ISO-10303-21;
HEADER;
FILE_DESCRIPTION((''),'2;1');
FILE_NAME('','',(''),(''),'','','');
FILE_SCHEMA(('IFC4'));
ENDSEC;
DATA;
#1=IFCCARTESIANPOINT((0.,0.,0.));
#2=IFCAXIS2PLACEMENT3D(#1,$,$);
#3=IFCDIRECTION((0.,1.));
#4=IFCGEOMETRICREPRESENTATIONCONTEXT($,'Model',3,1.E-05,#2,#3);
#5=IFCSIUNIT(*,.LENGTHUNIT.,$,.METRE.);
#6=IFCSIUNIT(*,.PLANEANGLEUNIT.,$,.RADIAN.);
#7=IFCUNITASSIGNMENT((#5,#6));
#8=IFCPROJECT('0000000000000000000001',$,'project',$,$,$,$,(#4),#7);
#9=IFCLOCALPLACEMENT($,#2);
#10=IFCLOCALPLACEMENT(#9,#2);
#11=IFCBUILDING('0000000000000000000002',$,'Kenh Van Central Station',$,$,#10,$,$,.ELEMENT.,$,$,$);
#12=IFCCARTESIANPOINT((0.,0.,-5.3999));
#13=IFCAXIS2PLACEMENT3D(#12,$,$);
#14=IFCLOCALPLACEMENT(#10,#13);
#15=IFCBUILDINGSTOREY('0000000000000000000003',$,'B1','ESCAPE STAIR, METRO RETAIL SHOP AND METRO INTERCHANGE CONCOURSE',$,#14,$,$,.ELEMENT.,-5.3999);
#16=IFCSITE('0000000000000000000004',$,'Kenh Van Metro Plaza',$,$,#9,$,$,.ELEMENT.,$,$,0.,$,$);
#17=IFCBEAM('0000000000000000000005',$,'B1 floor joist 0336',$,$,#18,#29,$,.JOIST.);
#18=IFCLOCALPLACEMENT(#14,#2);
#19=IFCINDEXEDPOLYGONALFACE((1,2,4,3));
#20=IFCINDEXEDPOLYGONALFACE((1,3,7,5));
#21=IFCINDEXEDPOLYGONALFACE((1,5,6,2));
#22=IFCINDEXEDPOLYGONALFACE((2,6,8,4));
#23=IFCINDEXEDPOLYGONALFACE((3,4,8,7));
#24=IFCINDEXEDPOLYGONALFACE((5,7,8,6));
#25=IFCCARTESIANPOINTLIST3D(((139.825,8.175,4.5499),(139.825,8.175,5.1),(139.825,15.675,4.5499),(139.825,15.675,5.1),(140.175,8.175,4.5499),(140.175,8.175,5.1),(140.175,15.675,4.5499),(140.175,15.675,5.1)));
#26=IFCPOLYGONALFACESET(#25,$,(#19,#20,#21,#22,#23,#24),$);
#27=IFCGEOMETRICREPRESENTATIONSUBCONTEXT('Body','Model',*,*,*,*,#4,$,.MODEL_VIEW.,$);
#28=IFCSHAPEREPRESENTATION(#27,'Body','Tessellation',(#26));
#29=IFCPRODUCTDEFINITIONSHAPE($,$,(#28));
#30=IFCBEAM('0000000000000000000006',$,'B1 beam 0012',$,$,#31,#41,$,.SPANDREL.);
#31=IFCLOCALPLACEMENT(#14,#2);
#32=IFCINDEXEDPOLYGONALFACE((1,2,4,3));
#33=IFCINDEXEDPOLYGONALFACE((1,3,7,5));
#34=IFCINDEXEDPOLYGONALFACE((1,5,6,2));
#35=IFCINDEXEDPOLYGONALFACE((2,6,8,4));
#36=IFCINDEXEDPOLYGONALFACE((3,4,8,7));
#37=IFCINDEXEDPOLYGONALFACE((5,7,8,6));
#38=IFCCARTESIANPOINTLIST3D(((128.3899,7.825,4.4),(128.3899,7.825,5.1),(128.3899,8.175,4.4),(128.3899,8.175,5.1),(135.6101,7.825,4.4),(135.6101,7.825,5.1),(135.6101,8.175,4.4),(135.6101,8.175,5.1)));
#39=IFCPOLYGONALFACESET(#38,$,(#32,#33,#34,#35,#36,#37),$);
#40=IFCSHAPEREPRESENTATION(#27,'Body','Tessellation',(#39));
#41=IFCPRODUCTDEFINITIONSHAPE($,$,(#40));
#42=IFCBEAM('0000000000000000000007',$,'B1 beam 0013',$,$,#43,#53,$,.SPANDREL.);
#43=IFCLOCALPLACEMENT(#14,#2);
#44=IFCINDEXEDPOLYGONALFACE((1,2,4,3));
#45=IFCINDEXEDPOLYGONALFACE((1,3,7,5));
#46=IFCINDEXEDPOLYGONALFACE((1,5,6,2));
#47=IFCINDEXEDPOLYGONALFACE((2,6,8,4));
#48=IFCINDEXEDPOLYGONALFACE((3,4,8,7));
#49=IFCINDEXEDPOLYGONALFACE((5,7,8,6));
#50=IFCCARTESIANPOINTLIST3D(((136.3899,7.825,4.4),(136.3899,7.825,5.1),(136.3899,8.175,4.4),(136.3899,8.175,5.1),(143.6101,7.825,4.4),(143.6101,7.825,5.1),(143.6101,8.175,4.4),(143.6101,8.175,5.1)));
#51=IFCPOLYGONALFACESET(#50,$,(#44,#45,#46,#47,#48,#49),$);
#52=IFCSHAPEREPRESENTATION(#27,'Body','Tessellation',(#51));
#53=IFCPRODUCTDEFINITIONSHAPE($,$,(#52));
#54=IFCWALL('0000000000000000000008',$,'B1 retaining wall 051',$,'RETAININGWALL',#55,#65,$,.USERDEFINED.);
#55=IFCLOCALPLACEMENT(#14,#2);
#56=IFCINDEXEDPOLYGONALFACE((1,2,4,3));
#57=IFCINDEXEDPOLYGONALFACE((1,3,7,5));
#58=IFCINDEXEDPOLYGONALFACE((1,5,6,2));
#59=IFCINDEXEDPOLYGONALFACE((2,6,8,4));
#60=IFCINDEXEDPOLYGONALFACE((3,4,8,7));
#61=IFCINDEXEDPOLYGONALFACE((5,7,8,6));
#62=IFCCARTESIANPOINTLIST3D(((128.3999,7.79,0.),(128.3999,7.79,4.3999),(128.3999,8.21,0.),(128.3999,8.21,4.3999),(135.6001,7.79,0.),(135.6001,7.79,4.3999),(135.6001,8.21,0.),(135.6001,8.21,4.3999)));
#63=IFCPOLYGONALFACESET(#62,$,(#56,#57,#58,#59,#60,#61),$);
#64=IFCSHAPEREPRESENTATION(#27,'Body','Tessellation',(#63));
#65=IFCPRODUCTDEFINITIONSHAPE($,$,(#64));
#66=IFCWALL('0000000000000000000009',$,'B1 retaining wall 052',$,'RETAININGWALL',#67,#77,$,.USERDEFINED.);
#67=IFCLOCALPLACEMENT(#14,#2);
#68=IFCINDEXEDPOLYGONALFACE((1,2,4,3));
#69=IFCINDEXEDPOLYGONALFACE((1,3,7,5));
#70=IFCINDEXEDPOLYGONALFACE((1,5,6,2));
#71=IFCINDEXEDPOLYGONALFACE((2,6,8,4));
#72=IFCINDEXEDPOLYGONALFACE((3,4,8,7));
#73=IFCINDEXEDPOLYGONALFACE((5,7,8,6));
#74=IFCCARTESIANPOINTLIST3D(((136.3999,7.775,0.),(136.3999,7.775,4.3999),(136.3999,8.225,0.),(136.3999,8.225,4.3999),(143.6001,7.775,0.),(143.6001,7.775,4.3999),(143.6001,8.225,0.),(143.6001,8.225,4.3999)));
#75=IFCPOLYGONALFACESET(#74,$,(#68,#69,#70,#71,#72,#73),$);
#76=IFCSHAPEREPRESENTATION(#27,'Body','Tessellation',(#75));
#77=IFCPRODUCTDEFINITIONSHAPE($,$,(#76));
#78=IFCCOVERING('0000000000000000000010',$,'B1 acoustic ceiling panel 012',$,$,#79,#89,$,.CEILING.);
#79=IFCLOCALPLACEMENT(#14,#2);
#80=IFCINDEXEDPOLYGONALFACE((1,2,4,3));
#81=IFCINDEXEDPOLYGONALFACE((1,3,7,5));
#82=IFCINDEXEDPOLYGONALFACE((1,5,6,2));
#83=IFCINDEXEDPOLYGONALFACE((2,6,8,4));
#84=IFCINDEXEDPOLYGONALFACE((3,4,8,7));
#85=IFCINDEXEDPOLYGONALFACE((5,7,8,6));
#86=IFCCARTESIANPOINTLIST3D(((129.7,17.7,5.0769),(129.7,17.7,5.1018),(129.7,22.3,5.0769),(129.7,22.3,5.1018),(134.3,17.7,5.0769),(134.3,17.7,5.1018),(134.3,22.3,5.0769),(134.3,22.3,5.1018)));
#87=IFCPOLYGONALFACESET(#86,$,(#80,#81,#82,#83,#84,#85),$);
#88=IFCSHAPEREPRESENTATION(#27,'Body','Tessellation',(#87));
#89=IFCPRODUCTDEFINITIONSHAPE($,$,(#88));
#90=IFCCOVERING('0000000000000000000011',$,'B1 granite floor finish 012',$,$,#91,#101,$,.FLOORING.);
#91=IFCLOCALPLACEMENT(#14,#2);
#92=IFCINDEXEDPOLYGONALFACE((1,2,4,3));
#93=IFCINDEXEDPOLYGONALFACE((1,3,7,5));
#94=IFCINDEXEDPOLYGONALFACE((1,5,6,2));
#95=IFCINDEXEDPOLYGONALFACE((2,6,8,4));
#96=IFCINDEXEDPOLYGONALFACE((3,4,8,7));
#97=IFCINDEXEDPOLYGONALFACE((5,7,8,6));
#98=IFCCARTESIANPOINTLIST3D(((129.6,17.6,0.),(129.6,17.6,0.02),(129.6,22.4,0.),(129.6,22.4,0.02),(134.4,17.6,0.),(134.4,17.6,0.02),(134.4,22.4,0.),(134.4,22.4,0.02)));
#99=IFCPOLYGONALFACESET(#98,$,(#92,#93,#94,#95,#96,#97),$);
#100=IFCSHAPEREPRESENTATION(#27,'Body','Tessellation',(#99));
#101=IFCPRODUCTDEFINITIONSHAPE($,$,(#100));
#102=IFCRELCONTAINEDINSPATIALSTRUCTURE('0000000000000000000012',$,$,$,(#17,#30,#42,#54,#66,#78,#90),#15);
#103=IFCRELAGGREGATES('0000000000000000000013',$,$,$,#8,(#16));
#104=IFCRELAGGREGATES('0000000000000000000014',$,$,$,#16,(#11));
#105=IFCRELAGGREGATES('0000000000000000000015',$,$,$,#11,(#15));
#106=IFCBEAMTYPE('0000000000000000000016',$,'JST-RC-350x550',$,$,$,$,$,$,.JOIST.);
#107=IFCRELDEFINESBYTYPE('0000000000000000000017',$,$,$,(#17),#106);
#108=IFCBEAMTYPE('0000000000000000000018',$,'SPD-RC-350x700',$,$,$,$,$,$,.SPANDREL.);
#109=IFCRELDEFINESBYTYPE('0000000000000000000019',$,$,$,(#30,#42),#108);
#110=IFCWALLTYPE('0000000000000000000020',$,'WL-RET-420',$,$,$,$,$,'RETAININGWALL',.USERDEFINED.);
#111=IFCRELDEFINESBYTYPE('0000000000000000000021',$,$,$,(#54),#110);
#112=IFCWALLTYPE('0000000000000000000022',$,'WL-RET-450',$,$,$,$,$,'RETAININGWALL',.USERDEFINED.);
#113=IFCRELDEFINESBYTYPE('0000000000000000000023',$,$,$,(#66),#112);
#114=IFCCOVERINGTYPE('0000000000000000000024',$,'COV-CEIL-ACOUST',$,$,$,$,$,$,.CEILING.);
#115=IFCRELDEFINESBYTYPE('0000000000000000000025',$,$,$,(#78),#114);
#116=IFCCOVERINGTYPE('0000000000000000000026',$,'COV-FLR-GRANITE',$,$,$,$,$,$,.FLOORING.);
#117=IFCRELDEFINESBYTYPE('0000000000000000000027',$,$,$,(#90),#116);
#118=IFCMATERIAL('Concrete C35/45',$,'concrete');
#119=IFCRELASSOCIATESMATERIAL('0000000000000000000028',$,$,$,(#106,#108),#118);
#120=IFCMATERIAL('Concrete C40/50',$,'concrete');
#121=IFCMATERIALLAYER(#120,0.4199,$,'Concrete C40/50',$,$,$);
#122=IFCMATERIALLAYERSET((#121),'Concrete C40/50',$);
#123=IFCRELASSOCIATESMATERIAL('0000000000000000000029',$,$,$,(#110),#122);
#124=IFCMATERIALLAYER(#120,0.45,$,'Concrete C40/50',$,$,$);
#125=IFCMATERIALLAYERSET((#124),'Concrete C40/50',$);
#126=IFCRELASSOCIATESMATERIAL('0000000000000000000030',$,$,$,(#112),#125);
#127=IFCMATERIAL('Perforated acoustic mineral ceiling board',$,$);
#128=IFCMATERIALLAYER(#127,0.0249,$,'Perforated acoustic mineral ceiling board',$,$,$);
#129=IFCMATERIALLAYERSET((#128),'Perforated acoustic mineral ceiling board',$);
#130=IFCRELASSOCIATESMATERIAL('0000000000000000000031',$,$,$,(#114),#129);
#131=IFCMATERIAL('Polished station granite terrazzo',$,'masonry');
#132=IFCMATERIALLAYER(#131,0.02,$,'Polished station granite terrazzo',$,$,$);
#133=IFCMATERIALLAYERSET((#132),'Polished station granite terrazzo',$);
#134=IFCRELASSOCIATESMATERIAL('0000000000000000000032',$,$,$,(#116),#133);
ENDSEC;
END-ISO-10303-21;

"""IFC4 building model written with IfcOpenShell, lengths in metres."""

from ifc_helpers import new_model, si_unit, direction, frame, frame_2d, origin, origin_2d, place, context, subcontext, project, spatial, rectangle, extrude, material, layer, layer_set, material_profile, profile_set, type_object, element, save


model = new_model("IFC4")

# Units and contexts
model_context = context("Model", 3, precision=1e-05, world=origin(), true_north=direction((0.0, 1.0)))
body_context = subcontext(model_context, "Body", "Model", "MODEL_VIEW")
ifc_project = project(units=[si_unit("LENGTHUNIT", "METRE"), si_unit("PLANEANGLEUNIT", "RADIAN")], contexts=[model_context])

# Site, building, storey
site_placement = place(None, origin())
site = spatial("IfcSite", under=ifc_project, at=site_placement, Name="Kenh Van Metro Plaza", CompositionType="ELEMENT", RefElevation=0.0)
building_placement = place(site_placement, origin())
building = spatial("IfcBuilding", under=site, at=building_placement, Name="Kenh Van Central Station", CompositionType="ELEMENT")
storey_placement = place(building_placement, frame((0.0, 0.0, -5.3999)))
storey = spatial("IfcBuildingStorey", under=building, at=storey_placement, Name="B1", Description="ESCAPE STAIR, METRO RETAIL SHOP AND METRO INTERCHANGE CONCOURSE", CompositionType="ELEMENT", Elevation=-5.3999)

# Shared definitions
ifc_material_1 = material(Name="Concrete C40/50", Category="concrete")

# Beams
ifc_material_2 = material(Name="Concrete C35/45", Category="concrete")
ifc_material_profile_1 = material_profile(ifc_material_2, rectangle(XDim=0.3501, YDim=0.55, at=origin_2d()), Name="RC 350x550")
ifc_profile_set_1 = profile_set([ifc_material_profile_1], Name="Concrete C35/45")
beam_type_1 = type_object("IfcBeamType", Name="JST-RC-350x550", PredefinedType="JOIST", material=ifc_profile_set_1)
beam_1_placement = place(storey_placement, frame((140.0, 8.175, 4.825), z_axis=(0.0, 1.0, 0.0), x_axis=(-1.0, 0.0, 0.0)))
element("IfcBeam", 1, at=beam_1_placement, inside=storey, type_object=beam_type_1, Name="B1 floor joist 0336", PredefinedType="JOIST", context=body_context, shape_type="SweptSolid", body=[
    extrude(rectangle(XDim=0.3501, YDim=0.55, at=origin_2d()), origin(), (0.0, 0.0, 1.0), 7.5),
])
ifc_material_profile_2 = material_profile(ifc_material_2, rectangle(XDim=0.3501, YDim=0.7, at=origin_2d()), Name="RC 350x700")
ifc_profile_set_2 = profile_set([ifc_material_profile_2], Name="Concrete C35/45")
beam_type_2 = type_object("IfcBeamType", Name="SPD-RC-350x700", PredefinedType="SPANDREL", material=ifc_profile_set_2)
for number, where, z_axis, x_axis, name in (
    (2, (128.3899, 8.0, 4.75), (1.0, 0.0, 0.0), (0.0, 1.0, 0.0), "B1 beam 0012"),
    (3, (136.3899, 8.0, 4.75), (1.0, 0.0, 0.0), (0.0, 1.0, 0.0), "B1 beam 0013"),
):
    element("IfcBeam", number, at=place(storey_placement, frame(where, z_axis=z_axis, x_axis=x_axis)), inside=storey, type_object=beam_type_2, Name=name, PredefinedType="SPANDREL", context=body_context, shape_type="SweptSolid", body=[
        extrude(rectangle(XDim=0.3501, YDim=0.7, at=origin_2d()), origin(), (0.0, 0.0, 1.0), 7.2202),
    ])

# Walls
ifc_layer_1 = layer(ifc_material_1, 0.4199, Name="Concrete C40/50")
ifc_layer_set_1 = layer_set([ifc_layer_1], Name="Concrete C40/50")
wall_type_1 = type_object("IfcWallType", Name="WL-RET-420", ElementType="RETAININGWALL", PredefinedType="USERDEFINED", material=ifc_layer_set_1)
wall_1_placement = place(storey_placement, frame((128.3999, 8.0, 0.0), z_axis=(0.0, 0.0, 1.0), x_axis=(1.0, 0.0, 0.0)))
element("IfcWall", 4, at=wall_1_placement, inside=storey, type_object=wall_type_1, Name="B1 retaining wall 051", ObjectType="RETAININGWALL", PredefinedType="USERDEFINED", context=body_context, shape_type="SweptSolid", body=[
    extrude(rectangle(XDim=7.2002, YDim=0.4199, at=frame_2d((3.6001, 0.0))), origin(), (0.0, 0.0, 1.0), 4.3999),
])
ifc_layer_2 = layer(ifc_material_1, 0.45, Name="Concrete C40/50")
ifc_layer_set_2 = layer_set([ifc_layer_2], Name="Concrete C40/50")
wall_type_2 = type_object("IfcWallType", Name="WL-RET-450", ElementType="RETAININGWALL", PredefinedType="USERDEFINED", material=ifc_layer_set_2)
wall_2_placement = place(storey_placement, frame((136.3999, 8.0, 0.0), z_axis=(0.0, 0.0, 1.0), x_axis=(1.0, 0.0, 0.0)))
element("IfcWall", 5, at=wall_2_placement, inside=storey, type_object=wall_type_2, Name="B1 retaining wall 052", ObjectType="RETAININGWALL", PredefinedType="USERDEFINED", context=body_context, shape_type="SweptSolid", body=[
    extrude(rectangle(XDim=7.2002, YDim=0.45, at=frame_2d((3.6001, 0.0))), origin(), (0.0, 0.0, 1.0), 4.3999),
])

# Coverings
ifc_material_3 = material(Name="Perforated acoustic mineral ceiling board")
ifc_layer_3 = layer(ifc_material_3, 0.0249, Name="Perforated acoustic mineral ceiling board")
ifc_layer_set_3 = layer_set([ifc_layer_3], Name="Perforated acoustic mineral ceiling board")
covering_type_1 = type_object("IfcCoveringType", Name="COV-CEIL-ACOUST", PredefinedType="CEILING", material=ifc_layer_set_3)
covering_1_placement = place(storey_placement, frame((132.0, 20.0, 5.0769), z_axis=(0.0, 0.0, 1.0), x_axis=(1.0, 0.0, 0.0)))
element("IfcCovering", 6, at=covering_1_placement, inside=storey, type_object=covering_type_1, Name="B1 acoustic ceiling panel 012", PredefinedType="CEILING", context=body_context, shape_type="SweptSolid", body=[
    extrude(rectangle(XDim=4.6001, YDim=4.6001, at=origin_2d()), origin(), (0.0, 0.0, 1.0), 0.0249),
])
ifc_material_4 = material(Name="Polished station granite terrazzo", Category="masonry")
ifc_layer_4 = layer(ifc_material_4, 0.02, Name="Polished station granite terrazzo")
ifc_layer_set_4 = layer_set([ifc_layer_4], Name="Polished station granite terrazzo")
covering_type_2 = type_object("IfcCoveringType", Name="COV-FLR-GRANITE", PredefinedType="FLOORING", material=ifc_layer_set_4)
covering_2_placement = place(storey_placement, frame((132.0, 20.0, 0.0), z_axis=(0.0, 0.0, 1.0), x_axis=(1.0, 0.0, 0.0)))
element("IfcCovering", 7, at=covering_2_placement, inside=storey, type_object=covering_type_2, Name="B1 granite floor finish 012", PredefinedType="FLOORING", context=body_context, shape_type="SweptSolid", body=[
    extrude(rectangle(XDim=4.8, YDim=4.8, at=origin_2d()), origin(), (0.0, 0.0, 1.0), 0.02),
])

save(model, "model.ifc")
